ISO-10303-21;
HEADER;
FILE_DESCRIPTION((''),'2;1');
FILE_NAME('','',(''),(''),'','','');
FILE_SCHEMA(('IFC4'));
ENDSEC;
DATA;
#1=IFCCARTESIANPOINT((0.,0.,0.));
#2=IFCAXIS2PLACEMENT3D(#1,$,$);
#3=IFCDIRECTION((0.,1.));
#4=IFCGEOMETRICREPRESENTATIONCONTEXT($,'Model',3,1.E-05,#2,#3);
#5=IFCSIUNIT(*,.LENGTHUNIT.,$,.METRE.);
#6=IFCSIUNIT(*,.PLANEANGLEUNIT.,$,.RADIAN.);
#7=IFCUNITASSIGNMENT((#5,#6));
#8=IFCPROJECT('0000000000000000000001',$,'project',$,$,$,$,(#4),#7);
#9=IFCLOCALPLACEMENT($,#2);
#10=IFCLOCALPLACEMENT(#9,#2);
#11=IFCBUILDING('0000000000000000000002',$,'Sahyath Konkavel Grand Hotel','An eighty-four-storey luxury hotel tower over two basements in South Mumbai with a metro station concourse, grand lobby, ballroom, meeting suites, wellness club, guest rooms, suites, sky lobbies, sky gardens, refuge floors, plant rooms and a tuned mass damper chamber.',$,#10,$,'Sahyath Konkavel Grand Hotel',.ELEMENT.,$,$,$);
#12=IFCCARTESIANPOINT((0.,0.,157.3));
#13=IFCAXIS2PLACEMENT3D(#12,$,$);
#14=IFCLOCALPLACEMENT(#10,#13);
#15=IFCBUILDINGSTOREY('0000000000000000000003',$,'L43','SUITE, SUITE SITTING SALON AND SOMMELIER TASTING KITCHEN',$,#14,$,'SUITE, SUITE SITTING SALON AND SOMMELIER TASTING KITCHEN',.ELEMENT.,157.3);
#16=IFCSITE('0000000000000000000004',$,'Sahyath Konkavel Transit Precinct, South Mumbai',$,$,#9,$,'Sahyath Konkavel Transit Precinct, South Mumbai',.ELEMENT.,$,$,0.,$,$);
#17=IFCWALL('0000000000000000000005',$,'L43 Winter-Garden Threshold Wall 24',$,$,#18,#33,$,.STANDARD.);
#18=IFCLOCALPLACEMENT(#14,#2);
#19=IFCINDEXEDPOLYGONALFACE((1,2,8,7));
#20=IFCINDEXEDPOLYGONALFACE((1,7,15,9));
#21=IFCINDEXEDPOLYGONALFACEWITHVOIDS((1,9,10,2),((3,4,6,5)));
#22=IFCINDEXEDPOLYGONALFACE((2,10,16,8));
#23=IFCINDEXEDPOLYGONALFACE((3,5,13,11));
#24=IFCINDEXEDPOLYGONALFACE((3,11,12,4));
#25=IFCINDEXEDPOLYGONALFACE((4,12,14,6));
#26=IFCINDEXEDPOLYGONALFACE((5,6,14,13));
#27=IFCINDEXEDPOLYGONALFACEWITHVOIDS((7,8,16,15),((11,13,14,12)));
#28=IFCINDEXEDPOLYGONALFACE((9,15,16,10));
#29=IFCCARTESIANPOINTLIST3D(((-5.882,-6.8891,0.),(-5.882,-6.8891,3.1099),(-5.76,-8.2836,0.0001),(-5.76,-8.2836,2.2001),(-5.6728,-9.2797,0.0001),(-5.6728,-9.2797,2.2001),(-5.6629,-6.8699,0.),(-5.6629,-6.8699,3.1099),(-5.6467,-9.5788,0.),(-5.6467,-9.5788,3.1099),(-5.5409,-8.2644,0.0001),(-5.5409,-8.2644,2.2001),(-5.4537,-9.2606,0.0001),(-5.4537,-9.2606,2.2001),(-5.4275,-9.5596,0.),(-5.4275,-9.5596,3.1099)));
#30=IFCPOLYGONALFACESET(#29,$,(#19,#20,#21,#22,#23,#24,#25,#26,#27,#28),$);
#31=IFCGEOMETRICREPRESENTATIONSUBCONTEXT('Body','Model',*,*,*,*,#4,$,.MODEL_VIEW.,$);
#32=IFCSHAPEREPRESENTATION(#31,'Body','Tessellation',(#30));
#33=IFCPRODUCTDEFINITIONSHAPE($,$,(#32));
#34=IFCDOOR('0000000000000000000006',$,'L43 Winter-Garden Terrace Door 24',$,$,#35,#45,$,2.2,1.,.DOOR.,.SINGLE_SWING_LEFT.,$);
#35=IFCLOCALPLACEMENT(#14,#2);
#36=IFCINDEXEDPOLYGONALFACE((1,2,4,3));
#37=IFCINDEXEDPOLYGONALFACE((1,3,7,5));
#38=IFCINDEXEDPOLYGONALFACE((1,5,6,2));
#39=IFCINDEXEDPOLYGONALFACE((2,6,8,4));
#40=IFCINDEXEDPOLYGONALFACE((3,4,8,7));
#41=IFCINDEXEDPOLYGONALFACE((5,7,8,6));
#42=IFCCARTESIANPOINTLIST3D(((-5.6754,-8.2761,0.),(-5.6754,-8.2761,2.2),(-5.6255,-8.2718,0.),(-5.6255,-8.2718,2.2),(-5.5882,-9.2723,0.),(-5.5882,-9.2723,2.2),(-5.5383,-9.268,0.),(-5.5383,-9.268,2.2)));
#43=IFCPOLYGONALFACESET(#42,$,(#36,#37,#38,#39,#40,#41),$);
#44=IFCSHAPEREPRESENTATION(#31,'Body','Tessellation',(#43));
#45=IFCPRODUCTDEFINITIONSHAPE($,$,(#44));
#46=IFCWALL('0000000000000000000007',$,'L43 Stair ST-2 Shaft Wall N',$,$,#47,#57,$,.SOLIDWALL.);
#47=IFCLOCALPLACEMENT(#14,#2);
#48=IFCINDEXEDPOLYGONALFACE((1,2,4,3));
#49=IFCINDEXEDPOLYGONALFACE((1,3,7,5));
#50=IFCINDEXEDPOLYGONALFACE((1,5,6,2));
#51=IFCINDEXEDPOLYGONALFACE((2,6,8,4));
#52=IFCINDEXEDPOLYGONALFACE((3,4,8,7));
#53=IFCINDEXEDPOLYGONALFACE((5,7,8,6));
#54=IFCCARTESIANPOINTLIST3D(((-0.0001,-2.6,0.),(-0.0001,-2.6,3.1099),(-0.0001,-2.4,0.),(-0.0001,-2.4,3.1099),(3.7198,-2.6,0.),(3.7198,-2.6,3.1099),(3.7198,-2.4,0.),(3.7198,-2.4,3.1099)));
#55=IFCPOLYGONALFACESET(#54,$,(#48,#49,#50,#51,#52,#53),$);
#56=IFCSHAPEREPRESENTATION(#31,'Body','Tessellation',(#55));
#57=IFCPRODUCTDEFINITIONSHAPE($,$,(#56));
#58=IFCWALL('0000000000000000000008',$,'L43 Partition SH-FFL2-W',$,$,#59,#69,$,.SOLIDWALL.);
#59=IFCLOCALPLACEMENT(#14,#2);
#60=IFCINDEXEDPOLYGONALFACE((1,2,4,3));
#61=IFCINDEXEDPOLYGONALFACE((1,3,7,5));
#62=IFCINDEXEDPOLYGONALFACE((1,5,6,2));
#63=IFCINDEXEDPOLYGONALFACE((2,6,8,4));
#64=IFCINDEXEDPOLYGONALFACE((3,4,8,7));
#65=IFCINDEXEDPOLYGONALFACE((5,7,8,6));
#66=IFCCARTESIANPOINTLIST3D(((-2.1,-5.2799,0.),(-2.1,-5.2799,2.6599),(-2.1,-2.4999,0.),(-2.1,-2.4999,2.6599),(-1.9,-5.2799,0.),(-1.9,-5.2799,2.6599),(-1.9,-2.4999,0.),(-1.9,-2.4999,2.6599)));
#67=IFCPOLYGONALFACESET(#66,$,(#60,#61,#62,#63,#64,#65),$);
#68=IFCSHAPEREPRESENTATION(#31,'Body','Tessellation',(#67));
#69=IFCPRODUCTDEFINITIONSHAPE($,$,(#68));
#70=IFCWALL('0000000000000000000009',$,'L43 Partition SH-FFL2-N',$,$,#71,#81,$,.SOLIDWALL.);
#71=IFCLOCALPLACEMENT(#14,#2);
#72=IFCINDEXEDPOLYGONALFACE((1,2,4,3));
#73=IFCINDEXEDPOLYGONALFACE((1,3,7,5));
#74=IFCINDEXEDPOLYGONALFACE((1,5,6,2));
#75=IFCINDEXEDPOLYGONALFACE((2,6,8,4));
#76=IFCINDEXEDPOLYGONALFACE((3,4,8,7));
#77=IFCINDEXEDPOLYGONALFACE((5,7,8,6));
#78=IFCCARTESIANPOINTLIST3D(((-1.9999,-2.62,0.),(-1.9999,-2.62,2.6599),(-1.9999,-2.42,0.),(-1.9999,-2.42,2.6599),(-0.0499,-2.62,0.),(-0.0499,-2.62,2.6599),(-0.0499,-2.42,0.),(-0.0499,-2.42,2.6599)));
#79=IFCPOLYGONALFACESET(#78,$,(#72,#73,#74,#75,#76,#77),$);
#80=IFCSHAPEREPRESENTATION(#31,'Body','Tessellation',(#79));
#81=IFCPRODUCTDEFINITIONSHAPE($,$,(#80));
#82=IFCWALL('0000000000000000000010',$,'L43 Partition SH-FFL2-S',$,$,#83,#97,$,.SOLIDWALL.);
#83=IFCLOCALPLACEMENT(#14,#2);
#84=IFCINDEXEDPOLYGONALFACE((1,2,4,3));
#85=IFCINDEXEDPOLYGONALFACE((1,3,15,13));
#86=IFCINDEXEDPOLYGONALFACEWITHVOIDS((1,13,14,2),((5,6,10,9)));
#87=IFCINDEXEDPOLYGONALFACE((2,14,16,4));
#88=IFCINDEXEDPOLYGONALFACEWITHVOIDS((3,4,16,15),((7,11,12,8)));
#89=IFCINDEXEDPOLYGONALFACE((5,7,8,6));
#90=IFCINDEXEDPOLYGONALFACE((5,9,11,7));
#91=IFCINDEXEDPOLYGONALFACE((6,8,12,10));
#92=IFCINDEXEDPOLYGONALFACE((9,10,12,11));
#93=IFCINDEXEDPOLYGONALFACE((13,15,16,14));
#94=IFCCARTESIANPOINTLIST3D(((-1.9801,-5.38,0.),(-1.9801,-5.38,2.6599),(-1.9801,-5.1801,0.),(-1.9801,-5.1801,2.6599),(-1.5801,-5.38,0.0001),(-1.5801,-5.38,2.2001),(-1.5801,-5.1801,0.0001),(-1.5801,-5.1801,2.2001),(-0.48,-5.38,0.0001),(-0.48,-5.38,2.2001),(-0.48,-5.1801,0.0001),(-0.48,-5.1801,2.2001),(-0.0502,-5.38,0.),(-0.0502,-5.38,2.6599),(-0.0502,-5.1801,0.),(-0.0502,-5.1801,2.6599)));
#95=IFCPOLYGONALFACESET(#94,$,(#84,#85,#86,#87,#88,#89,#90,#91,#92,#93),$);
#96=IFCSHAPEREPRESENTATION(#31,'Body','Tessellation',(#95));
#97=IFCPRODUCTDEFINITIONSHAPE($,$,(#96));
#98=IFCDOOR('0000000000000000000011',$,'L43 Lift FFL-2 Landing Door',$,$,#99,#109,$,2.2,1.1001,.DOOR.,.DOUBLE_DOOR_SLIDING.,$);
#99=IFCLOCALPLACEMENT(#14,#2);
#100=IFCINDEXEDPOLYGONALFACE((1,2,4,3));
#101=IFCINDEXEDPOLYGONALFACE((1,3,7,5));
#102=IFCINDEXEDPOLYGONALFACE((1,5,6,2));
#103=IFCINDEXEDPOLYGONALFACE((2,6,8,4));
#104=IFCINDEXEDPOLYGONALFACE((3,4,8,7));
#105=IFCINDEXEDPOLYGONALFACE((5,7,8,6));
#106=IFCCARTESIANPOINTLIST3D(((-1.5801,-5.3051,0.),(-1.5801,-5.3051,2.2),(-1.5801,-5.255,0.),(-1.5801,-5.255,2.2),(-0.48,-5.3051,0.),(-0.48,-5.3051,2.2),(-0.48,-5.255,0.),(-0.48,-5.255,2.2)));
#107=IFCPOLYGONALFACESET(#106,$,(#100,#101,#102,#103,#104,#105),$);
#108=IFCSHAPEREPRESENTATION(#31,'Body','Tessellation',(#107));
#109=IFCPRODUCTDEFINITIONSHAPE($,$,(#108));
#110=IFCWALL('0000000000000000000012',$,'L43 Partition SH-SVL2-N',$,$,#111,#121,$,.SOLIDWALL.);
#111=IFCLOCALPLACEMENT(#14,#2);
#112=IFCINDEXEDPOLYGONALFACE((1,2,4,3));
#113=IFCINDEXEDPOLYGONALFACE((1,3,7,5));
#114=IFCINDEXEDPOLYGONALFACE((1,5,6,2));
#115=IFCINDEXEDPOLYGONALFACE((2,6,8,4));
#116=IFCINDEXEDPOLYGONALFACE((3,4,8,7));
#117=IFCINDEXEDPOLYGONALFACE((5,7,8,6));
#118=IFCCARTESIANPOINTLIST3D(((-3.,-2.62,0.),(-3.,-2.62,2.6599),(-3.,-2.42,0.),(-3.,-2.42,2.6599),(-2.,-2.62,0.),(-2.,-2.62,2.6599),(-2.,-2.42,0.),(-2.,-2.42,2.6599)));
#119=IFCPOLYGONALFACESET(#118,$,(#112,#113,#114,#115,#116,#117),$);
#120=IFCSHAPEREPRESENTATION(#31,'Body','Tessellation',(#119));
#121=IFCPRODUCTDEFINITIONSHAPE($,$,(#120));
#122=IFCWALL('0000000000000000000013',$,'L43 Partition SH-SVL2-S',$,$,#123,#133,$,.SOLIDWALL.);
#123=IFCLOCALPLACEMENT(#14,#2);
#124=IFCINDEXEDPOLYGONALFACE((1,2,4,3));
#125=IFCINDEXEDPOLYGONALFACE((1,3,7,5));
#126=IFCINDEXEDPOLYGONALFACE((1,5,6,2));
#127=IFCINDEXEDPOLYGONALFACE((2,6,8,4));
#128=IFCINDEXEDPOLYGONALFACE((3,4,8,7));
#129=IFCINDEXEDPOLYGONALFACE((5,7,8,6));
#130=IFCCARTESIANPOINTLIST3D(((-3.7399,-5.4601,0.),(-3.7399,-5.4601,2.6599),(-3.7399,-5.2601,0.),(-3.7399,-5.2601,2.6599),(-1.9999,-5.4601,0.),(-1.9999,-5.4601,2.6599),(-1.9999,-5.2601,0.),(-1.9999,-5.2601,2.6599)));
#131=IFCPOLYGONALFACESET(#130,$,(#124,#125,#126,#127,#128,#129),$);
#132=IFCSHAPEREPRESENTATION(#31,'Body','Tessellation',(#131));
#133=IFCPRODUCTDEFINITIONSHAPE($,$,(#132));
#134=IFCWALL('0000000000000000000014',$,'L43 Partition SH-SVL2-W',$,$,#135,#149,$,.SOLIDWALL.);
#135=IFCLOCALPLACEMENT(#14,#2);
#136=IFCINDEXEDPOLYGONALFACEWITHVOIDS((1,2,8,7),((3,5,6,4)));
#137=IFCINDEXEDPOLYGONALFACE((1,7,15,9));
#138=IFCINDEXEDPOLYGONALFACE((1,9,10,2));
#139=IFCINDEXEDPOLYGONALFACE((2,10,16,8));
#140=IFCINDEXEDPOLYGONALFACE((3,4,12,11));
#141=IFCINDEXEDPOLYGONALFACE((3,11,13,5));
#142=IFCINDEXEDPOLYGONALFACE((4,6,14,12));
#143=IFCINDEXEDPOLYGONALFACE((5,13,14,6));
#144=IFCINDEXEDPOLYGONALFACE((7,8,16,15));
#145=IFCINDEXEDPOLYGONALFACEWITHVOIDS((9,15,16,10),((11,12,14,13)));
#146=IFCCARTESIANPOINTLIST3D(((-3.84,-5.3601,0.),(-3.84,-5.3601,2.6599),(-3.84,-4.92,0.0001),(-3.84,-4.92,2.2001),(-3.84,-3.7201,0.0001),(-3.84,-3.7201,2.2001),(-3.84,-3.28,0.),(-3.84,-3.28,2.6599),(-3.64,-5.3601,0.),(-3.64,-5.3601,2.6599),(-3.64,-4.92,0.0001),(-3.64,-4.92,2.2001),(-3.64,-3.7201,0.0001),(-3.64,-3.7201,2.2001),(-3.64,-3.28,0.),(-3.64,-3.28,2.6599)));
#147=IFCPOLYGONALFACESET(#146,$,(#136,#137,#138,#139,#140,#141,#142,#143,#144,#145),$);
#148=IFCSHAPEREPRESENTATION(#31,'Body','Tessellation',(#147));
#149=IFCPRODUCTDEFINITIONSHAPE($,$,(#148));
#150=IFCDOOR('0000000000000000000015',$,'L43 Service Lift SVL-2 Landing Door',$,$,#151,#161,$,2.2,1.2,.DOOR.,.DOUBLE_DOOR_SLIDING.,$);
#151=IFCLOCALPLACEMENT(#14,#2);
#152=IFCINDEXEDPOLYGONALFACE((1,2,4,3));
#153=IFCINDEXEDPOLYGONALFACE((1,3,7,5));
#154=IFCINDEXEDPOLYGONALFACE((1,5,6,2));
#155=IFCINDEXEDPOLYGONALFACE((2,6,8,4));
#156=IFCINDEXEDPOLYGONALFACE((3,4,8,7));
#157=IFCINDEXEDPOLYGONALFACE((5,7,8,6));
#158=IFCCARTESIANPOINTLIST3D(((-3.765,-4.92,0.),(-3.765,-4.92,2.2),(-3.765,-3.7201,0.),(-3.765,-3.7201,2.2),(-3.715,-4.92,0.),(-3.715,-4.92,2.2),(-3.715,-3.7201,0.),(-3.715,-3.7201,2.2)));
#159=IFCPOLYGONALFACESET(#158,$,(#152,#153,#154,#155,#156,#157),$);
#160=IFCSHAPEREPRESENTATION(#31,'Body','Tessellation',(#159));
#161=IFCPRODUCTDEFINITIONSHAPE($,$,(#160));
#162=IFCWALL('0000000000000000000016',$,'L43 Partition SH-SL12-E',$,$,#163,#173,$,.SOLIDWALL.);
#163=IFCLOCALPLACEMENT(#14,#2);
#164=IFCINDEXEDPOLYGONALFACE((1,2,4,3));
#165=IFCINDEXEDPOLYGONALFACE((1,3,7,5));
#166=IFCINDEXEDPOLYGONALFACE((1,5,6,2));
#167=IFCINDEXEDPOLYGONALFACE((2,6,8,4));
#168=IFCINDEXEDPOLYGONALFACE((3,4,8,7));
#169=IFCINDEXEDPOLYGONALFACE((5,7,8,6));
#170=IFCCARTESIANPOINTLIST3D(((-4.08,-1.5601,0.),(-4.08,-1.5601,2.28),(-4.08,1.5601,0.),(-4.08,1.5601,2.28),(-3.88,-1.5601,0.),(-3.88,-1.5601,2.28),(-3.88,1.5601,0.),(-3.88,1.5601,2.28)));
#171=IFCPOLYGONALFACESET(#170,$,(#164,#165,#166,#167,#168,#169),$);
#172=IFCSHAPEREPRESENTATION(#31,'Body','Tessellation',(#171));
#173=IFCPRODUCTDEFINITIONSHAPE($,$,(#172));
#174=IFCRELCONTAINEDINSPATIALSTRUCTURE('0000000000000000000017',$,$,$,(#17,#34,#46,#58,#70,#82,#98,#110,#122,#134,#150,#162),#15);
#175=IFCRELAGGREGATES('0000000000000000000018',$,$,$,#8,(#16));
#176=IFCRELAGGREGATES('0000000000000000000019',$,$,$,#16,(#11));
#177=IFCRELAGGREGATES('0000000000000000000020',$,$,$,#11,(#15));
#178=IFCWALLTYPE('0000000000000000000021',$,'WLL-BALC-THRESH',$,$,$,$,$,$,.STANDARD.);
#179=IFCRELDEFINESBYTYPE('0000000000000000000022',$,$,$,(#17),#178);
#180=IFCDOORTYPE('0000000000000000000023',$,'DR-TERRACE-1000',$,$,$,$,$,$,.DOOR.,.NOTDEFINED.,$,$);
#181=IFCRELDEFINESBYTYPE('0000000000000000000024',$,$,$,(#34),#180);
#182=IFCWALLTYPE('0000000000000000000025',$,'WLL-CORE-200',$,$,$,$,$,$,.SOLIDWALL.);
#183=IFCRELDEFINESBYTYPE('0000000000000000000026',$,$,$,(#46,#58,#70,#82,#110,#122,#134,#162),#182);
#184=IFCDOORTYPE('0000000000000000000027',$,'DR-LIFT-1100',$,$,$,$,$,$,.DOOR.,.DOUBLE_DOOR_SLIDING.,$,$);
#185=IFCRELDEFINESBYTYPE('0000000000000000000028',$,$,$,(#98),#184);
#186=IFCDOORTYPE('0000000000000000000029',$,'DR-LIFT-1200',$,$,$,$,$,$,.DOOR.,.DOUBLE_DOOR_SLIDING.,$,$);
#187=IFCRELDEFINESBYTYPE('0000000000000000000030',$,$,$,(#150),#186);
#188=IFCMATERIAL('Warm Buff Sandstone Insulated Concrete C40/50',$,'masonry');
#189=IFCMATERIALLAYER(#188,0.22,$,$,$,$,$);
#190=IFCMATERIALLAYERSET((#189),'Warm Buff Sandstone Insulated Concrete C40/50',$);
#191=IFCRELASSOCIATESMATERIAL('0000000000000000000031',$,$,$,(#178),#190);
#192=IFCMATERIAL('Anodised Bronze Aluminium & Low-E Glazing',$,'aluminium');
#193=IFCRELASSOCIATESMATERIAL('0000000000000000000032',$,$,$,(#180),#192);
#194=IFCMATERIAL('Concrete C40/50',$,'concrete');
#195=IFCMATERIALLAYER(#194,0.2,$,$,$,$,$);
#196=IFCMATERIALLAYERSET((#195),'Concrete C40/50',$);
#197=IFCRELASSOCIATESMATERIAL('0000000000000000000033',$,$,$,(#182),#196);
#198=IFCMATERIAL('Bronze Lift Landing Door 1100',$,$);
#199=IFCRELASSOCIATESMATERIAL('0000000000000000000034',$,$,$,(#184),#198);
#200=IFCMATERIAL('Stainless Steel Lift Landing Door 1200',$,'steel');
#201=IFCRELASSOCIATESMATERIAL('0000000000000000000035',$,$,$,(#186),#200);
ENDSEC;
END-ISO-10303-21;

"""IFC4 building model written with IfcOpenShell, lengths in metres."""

from ifc_helpers import new_model, si_unit, direction, frame, frame_2d, origin, origin_2d, place, context, subcontext, project, spatial, rectangle, extrude, source, transform, mapped, material, layer, layer_set, type_object, element, fill, save


model = new_model("IFC4")

# Units and contexts
model_context = context("Model", 3, precision=1e-05, world=origin(), true_north=direction((0.0, 1.0)))
body_context = subcontext(model_context, "Body", "Model", "MODEL_VIEW")
ifc_project = project(units=[si_unit("LENGTHUNIT", "METRE"), si_unit("PLANEANGLEUNIT", "RADIAN")], contexts=[model_context])

# Site, building, storey
site_placement = place(None, origin())
site = spatial("IfcSite", under=ifc_project, at=site_placement, Name="Sahyath Konkavel Transit Precinct, South Mumbai", LongName="Sahyath Konkavel Transit Precinct, South Mumbai", CompositionType="ELEMENT", RefElevation=0.0)
building_placement = place(site_placement, origin())
building = spatial("IfcBuilding", under=site, at=building_placement, Name="Sahyath Konkavel Grand Hotel", Description="An eighty-four-storey luxury hotel tower over two basements in South Mumbai with a metro station concourse, grand lobby, ballroom, meeting suites, wellness club, guest rooms, suites, sky lobbies, sky gardens, refuge floors, plant rooms and a tuned mass damper chamber.", LongName="Sahyath Konkavel Grand Hotel", CompositionType="ELEMENT")
storey_placement = place(building_placement, frame((0.0, 0.0, 157.3)))
storey = spatial("IfcBuildingStorey", under=building, at=storey_placement, Name="L43", Description="SUITE, SUITE SITTING SALON AND SOMMELIER TASTING KITCHEN", LongName="SUITE, SUITE SITTING SALON AND SOMMELIER TASTING KITCHEN", CompositionType="ELEMENT", Elevation=157.3)

# Shared definitions
ifc_material_1 = material(Name="Anodised Bronze Aluminium & Low-E Glazing", Category="aluminium")

# Shared definitions
ifc_material_2 = material(Name="Concrete C40/50", Category="concrete")

# Wall, opening, door
ifc_material_3 = material(Name="Warm Buff Sandstone Insulated Concrete C40/50", Category="masonry")
ifc_layer_1 = layer(ifc_material_3, 0.22)
ifc_layer_set_1 = layer_set([ifc_layer_1], Name="Warm Buff Sandstone Insulated Concrete C40/50")
wall_type_1 = type_object("IfcWallType", Name="WLL-BALC-THRESH", PredefinedType="STANDARD", material=ifc_layer_set_1)
wall_1_placement = place(storey_placement, frame((-5.7725, -6.8794, 0.0), z_axis=(0.0, 0.0, 1.0), x_axis=(0.087168, -0.996194, 0.0)))
wall_1 = element("IfcWall", 1, at=wall_1_placement, inside=storey, type_object=wall_type_1, Name="L43 Winter-Garden Threshold Wall 24", PredefinedType="STANDARD", context=body_context, shape_type="SweptSolid", body=[
    extrude(rectangle(XDim=2.7, YDim=0.22, at=frame_2d((1.3501, 0.0))), origin(), (0.0, 0.0, 1.0), 3.1099),
])
opening_1_placement = place(wall_1_placement, frame((1.3999, 0.0, 0.0)))
opening_1 = element("IfcOpeningElement", 2, at=opening_1_placement, cuts=wall_1, PredefinedType="OPENING", context=body_context, shape_type="SweptSolid", body=[
    extrude(rectangle(XDim=1.0, YDim=2.2, at=frame_2d((0.5, 1.1001))), frame((0.0, 0.1201, 0.0), z_axis=(0.0, -1.0, 0.0), x_axis=(1.0, 0.0, 0.0)), (0.0, 0.0, 1.0), 0.24),
])
door_type_1 = type_object("IfcDoorType", Name="DR-TERRACE-1000", OperationType="NOTDEFINED", PredefinedType="DOOR", material=ifc_material_1)
shared_shape_1 = source(origin(), body_context, "Body", "SweptSolid", [
    extrude(rectangle(XDim=1.0, YDim=0.05, at=origin_2d()), origin(), (0.0, 0.0, 1.0), 2.2),
])
door_1_placement = place(opening_1_placement, frame((0.5, 0.0, 0.0)))
door_1 = element("IfcDoor", 3, at=door_1_placement, inside=storey, type_object=door_type_1, Name="L43 Winter-Garden Terrace Door 24", OperationType="SINGLE_SWING_LEFT", OverallHeight=2.2, OverallWidth=1.0, PredefinedType="DOOR", context=body_context, shape_type="MappedRepresentation", body=[
    mapped(shared_shape_1, transform((0.0, 0.0, 0.0), scale=1.0)),
])
fill(opening_1, door_1)

# Walls
ifc_layer_2 = layer(ifc_material_2, 0.2)
ifc_layer_set_2 = layer_set([ifc_layer_2], Name="Concrete C40/50")
wall_type_2 = type_object("IfcWallType", Name="WLL-CORE-200", PredefinedType="SOLIDWALL", material=ifc_layer_set_2)
wall_2_placement = place(storey_placement, frame((0.0, -2.5, 0.0), z_axis=(0.0, 0.0, 1.0), x_axis=(1.0, 0.0, 0.0)))
element("IfcWall", 4, at=wall_2_placement, inside=storey, type_object=wall_type_2, Name="L43 Stair ST-2 Shaft Wall N", PredefinedType="SOLIDWALL", context=body_context, shape_type="SweptSolid", body=[
    extrude(rectangle(XDim=3.72, YDim=0.2, at=frame_2d((1.8599, 0.0))), origin(), (0.0, 0.0, 1.0), 3.1099),
])
wall_3_placement = place(storey_placement, frame((-2.0, -5.28, 0.0), z_axis=(0.0, 0.0, 1.0), x_axis=(0.0, 1.0, 0.0)))
element("IfcWall", 5, at=wall_3_placement, inside=storey, type_object=wall_type_2, Name="L43 Partition SH-FFL2-W", PredefinedType="SOLIDWALL", context=body_context, shape_type="SweptSolid", body=[
    extrude(rectangle(XDim=2.78, YDim=0.2, at=frame_2d((1.3901, 0.0))), origin(), (0.0, 0.0, 1.0), 2.6599),
])
wall_4_placement = place(storey_placement, frame((-2.0, -2.52, 0.0), z_axis=(0.0, 0.0, 1.0), x_axis=(1.0, 0.0, 0.0)))
element("IfcWall", 6, at=wall_4_placement, inside=storey, type_object=wall_type_2, Name="L43 Partition SH-FFL2-N", PredefinedType="SOLIDWALL", context=body_context, shape_type="SweptSolid", body=[
    extrude(rectangle(XDim=1.95, YDim=0.2, at=frame_2d((0.9751, 0.0))), origin(), (0.0, 0.0, 1.0), 2.6599),
])

# Wall, opening, door
wall_5_placement = place(storey_placement, frame((-1.98, -5.28, 0.0), z_axis=(0.0, 0.0, 1.0), x_axis=(1.0, 0.0, 0.0)))
wall_5 = element("IfcWall", 7, at=wall_5_placement, inside=storey, type_object=wall_type_2, Name="L43 Partition SH-FFL2-S", PredefinedType="SOLIDWALL", context=body_context, shape_type="SweptSolid", body=[
    extrude(rectangle(XDim=1.9299, YDim=0.2, at=frame_2d((0.9648, 0.0))), origin(), (0.0, 0.0, 1.0), 2.6599),
])
opening_2_placement = place(wall_5_placement, frame((0.3999, 0.0, 0.0)))
opening_2 = element("IfcOpeningElement", 8, at=opening_2_placement, cuts=wall_5, PredefinedType="OPENING", context=body_context, shape_type="SweptSolid", body=[
    extrude(rectangle(XDim=1.1001, YDim=2.2, at=frame_2d((0.55, 1.1001))), frame((0.0, 0.1099, 0.0), z_axis=(0.0, -1.0, 0.0), x_axis=(1.0, 0.0, 0.0)), (0.0, 0.0, 1.0), 0.22),
])
ifc_material_4 = material(Name="Bronze Lift Landing Door 1100")
door_type_2 = type_object("IfcDoorType", Name="DR-LIFT-1100", OperationType="DOUBLE_DOOR_SLIDING", PredefinedType="DOOR", material=ifc_material_4)
shared_shape_2 = source(origin(), body_context, "Body", "SweptSolid", [
    extrude(rectangle(XDim=1.1001, YDim=0.05, at=origin_2d()), origin(), (0.0, 0.0, 1.0), 2.2),
])
door_2_placement = place(opening_2_placement, frame((0.55, 0.0, 0.0)))
door_2 = element("IfcDoor", 9, at=door_2_placement, inside=storey, type_object=door_type_2, Name="L43 Lift FFL-2 Landing Door", OperationType="DOUBLE_DOOR_SLIDING", OverallHeight=2.2, OverallWidth=1.1001, PredefinedType="DOOR", context=body_context, shape_type="MappedRepresentation", body=[
    mapped(shared_shape_2, transform((0.0, 0.0, 0.0), scale=1.0)),
])
fill(opening_2, door_2)

# Walls
wall_6_placement = place(storey_placement, frame((-3.0, -2.52, 0.0), z_axis=(0.0, 0.0, 1.0), x_axis=(1.0, 0.0, 0.0)))
element("IfcWall", 10, at=wall_6_placement, inside=storey, type_object=wall_type_2, Name="L43 Partition SH-SVL2-N", PredefinedType="SOLIDWALL", context=body_context, shape_type="SweptSolid", body=[
    extrude(rectangle(XDim=1.0, YDim=0.2, at=frame_2d((0.5, 0.0))), origin(), (0.0, 0.0, 1.0), 2.6599),
])
wall_7_placement = place(storey_placement, frame((-3.74, -5.3601, 0.0), z_axis=(0.0, 0.0, 1.0), x_axis=(1.0, 0.0, 0.0)))
element("IfcWall", 11, at=wall_7_placement, inside=storey, type_object=wall_type_2, Name="L43 Partition SH-SVL2-S", PredefinedType="SOLIDWALL", context=body_context, shape_type="SweptSolid", body=[
    extrude(rectangle(XDim=1.74, YDim=0.2, at=frame_2d((0.8701, 0.0))), origin(), (0.0, 0.0, 1.0), 2.6599),
])

# Wall, opening, door
wall_8_placement = place(storey_placement, frame((-3.74, -5.3601, 0.0), z_axis=(0.0, 0.0, 1.0), x_axis=(0.0, 1.0, 0.0)))
wall_8 = element("IfcWall", 12, at=wall_8_placement, inside=storey, type_object=wall_type_2, Name="L43 Partition SH-SVL2-W", PredefinedType="SOLIDWALL", context=body_context, shape_type="SweptSolid", body=[
    extrude(rectangle(XDim=2.0801, YDim=0.2, at=frame_2d((1.04, 0.0))), origin(), (0.0, 0.0, 1.0), 2.6599),
])
opening_3_placement = place(wall_8_placement, frame((0.4399, 0.0, 0.0)))
opening_3 = element("IfcOpeningElement", 13, at=opening_3_placement, cuts=wall_8, PredefinedType="OPENING", context=body_context, shape_type="SweptSolid", body=[
    extrude(rectangle(XDim=1.2, YDim=2.2, at=frame_2d((0.6001, 1.1001))), frame((0.0, 0.1099, 0.0), z_axis=(0.0, -1.0, 0.0), x_axis=(1.0, 0.0, 0.0)), (0.0, 0.0, 1.0), 0.22),
])
ifc_material_5 = material(Name="Stainless Steel Lift Landing Door 1200", Category="steel")
door_type_3 = type_object("IfcDoorType", Name="DR-LIFT-1200", OperationType="DOUBLE_DOOR_SLIDING", PredefinedType="DOOR", material=ifc_material_5)
shared_shape_3 = source(origin(), body_context, "Body", "SweptSolid", [
    extrude(rectangle(XDim=1.2, YDim=0.05, at=origin_2d()), origin(), (0.0, 0.0, 1.0), 2.2),
])
door_3_placement = place(opening_3_placement, frame((0.6001, 0.0, 0.0)))
door_3 = element("IfcDoor", 14, at=door_3_placement, inside=storey, type_object=door_type_3, Name="L43 Service Lift SVL-2 Landing Door", OperationType="DOUBLE_DOOR_SLIDING", OverallHeight=2.2, OverallWidth=1.2, PredefinedType="DOOR", context=body_context, shape_type="MappedRepresentation", body=[
    mapped(shared_shape_3, transform((0.0, 0.0, 0.0), scale=1.0)),
])
fill(opening_3, door_3)

# Wall
wall_9_placement = place(storey_placement, frame((-3.98, -1.5601, 0.0), z_axis=(0.0, 0.0, 1.0), x_axis=(0.0, 1.0, 0.0)))
element("IfcWall", 15, at=wall_9_placement, inside=storey, type_object=wall_type_2, Name="L43 Partition SH-SL12-E", PredefinedType="SOLIDWALL", context=body_context, shape_type="SweptSolid", body=[
    extrude(rectangle(XDim=3.1201, YDim=0.2, at=frame_2d((1.5601, 0.0))), origin(), (0.0, 0.0, 1.0), 2.28),
])

save(model, "model.ifc")
